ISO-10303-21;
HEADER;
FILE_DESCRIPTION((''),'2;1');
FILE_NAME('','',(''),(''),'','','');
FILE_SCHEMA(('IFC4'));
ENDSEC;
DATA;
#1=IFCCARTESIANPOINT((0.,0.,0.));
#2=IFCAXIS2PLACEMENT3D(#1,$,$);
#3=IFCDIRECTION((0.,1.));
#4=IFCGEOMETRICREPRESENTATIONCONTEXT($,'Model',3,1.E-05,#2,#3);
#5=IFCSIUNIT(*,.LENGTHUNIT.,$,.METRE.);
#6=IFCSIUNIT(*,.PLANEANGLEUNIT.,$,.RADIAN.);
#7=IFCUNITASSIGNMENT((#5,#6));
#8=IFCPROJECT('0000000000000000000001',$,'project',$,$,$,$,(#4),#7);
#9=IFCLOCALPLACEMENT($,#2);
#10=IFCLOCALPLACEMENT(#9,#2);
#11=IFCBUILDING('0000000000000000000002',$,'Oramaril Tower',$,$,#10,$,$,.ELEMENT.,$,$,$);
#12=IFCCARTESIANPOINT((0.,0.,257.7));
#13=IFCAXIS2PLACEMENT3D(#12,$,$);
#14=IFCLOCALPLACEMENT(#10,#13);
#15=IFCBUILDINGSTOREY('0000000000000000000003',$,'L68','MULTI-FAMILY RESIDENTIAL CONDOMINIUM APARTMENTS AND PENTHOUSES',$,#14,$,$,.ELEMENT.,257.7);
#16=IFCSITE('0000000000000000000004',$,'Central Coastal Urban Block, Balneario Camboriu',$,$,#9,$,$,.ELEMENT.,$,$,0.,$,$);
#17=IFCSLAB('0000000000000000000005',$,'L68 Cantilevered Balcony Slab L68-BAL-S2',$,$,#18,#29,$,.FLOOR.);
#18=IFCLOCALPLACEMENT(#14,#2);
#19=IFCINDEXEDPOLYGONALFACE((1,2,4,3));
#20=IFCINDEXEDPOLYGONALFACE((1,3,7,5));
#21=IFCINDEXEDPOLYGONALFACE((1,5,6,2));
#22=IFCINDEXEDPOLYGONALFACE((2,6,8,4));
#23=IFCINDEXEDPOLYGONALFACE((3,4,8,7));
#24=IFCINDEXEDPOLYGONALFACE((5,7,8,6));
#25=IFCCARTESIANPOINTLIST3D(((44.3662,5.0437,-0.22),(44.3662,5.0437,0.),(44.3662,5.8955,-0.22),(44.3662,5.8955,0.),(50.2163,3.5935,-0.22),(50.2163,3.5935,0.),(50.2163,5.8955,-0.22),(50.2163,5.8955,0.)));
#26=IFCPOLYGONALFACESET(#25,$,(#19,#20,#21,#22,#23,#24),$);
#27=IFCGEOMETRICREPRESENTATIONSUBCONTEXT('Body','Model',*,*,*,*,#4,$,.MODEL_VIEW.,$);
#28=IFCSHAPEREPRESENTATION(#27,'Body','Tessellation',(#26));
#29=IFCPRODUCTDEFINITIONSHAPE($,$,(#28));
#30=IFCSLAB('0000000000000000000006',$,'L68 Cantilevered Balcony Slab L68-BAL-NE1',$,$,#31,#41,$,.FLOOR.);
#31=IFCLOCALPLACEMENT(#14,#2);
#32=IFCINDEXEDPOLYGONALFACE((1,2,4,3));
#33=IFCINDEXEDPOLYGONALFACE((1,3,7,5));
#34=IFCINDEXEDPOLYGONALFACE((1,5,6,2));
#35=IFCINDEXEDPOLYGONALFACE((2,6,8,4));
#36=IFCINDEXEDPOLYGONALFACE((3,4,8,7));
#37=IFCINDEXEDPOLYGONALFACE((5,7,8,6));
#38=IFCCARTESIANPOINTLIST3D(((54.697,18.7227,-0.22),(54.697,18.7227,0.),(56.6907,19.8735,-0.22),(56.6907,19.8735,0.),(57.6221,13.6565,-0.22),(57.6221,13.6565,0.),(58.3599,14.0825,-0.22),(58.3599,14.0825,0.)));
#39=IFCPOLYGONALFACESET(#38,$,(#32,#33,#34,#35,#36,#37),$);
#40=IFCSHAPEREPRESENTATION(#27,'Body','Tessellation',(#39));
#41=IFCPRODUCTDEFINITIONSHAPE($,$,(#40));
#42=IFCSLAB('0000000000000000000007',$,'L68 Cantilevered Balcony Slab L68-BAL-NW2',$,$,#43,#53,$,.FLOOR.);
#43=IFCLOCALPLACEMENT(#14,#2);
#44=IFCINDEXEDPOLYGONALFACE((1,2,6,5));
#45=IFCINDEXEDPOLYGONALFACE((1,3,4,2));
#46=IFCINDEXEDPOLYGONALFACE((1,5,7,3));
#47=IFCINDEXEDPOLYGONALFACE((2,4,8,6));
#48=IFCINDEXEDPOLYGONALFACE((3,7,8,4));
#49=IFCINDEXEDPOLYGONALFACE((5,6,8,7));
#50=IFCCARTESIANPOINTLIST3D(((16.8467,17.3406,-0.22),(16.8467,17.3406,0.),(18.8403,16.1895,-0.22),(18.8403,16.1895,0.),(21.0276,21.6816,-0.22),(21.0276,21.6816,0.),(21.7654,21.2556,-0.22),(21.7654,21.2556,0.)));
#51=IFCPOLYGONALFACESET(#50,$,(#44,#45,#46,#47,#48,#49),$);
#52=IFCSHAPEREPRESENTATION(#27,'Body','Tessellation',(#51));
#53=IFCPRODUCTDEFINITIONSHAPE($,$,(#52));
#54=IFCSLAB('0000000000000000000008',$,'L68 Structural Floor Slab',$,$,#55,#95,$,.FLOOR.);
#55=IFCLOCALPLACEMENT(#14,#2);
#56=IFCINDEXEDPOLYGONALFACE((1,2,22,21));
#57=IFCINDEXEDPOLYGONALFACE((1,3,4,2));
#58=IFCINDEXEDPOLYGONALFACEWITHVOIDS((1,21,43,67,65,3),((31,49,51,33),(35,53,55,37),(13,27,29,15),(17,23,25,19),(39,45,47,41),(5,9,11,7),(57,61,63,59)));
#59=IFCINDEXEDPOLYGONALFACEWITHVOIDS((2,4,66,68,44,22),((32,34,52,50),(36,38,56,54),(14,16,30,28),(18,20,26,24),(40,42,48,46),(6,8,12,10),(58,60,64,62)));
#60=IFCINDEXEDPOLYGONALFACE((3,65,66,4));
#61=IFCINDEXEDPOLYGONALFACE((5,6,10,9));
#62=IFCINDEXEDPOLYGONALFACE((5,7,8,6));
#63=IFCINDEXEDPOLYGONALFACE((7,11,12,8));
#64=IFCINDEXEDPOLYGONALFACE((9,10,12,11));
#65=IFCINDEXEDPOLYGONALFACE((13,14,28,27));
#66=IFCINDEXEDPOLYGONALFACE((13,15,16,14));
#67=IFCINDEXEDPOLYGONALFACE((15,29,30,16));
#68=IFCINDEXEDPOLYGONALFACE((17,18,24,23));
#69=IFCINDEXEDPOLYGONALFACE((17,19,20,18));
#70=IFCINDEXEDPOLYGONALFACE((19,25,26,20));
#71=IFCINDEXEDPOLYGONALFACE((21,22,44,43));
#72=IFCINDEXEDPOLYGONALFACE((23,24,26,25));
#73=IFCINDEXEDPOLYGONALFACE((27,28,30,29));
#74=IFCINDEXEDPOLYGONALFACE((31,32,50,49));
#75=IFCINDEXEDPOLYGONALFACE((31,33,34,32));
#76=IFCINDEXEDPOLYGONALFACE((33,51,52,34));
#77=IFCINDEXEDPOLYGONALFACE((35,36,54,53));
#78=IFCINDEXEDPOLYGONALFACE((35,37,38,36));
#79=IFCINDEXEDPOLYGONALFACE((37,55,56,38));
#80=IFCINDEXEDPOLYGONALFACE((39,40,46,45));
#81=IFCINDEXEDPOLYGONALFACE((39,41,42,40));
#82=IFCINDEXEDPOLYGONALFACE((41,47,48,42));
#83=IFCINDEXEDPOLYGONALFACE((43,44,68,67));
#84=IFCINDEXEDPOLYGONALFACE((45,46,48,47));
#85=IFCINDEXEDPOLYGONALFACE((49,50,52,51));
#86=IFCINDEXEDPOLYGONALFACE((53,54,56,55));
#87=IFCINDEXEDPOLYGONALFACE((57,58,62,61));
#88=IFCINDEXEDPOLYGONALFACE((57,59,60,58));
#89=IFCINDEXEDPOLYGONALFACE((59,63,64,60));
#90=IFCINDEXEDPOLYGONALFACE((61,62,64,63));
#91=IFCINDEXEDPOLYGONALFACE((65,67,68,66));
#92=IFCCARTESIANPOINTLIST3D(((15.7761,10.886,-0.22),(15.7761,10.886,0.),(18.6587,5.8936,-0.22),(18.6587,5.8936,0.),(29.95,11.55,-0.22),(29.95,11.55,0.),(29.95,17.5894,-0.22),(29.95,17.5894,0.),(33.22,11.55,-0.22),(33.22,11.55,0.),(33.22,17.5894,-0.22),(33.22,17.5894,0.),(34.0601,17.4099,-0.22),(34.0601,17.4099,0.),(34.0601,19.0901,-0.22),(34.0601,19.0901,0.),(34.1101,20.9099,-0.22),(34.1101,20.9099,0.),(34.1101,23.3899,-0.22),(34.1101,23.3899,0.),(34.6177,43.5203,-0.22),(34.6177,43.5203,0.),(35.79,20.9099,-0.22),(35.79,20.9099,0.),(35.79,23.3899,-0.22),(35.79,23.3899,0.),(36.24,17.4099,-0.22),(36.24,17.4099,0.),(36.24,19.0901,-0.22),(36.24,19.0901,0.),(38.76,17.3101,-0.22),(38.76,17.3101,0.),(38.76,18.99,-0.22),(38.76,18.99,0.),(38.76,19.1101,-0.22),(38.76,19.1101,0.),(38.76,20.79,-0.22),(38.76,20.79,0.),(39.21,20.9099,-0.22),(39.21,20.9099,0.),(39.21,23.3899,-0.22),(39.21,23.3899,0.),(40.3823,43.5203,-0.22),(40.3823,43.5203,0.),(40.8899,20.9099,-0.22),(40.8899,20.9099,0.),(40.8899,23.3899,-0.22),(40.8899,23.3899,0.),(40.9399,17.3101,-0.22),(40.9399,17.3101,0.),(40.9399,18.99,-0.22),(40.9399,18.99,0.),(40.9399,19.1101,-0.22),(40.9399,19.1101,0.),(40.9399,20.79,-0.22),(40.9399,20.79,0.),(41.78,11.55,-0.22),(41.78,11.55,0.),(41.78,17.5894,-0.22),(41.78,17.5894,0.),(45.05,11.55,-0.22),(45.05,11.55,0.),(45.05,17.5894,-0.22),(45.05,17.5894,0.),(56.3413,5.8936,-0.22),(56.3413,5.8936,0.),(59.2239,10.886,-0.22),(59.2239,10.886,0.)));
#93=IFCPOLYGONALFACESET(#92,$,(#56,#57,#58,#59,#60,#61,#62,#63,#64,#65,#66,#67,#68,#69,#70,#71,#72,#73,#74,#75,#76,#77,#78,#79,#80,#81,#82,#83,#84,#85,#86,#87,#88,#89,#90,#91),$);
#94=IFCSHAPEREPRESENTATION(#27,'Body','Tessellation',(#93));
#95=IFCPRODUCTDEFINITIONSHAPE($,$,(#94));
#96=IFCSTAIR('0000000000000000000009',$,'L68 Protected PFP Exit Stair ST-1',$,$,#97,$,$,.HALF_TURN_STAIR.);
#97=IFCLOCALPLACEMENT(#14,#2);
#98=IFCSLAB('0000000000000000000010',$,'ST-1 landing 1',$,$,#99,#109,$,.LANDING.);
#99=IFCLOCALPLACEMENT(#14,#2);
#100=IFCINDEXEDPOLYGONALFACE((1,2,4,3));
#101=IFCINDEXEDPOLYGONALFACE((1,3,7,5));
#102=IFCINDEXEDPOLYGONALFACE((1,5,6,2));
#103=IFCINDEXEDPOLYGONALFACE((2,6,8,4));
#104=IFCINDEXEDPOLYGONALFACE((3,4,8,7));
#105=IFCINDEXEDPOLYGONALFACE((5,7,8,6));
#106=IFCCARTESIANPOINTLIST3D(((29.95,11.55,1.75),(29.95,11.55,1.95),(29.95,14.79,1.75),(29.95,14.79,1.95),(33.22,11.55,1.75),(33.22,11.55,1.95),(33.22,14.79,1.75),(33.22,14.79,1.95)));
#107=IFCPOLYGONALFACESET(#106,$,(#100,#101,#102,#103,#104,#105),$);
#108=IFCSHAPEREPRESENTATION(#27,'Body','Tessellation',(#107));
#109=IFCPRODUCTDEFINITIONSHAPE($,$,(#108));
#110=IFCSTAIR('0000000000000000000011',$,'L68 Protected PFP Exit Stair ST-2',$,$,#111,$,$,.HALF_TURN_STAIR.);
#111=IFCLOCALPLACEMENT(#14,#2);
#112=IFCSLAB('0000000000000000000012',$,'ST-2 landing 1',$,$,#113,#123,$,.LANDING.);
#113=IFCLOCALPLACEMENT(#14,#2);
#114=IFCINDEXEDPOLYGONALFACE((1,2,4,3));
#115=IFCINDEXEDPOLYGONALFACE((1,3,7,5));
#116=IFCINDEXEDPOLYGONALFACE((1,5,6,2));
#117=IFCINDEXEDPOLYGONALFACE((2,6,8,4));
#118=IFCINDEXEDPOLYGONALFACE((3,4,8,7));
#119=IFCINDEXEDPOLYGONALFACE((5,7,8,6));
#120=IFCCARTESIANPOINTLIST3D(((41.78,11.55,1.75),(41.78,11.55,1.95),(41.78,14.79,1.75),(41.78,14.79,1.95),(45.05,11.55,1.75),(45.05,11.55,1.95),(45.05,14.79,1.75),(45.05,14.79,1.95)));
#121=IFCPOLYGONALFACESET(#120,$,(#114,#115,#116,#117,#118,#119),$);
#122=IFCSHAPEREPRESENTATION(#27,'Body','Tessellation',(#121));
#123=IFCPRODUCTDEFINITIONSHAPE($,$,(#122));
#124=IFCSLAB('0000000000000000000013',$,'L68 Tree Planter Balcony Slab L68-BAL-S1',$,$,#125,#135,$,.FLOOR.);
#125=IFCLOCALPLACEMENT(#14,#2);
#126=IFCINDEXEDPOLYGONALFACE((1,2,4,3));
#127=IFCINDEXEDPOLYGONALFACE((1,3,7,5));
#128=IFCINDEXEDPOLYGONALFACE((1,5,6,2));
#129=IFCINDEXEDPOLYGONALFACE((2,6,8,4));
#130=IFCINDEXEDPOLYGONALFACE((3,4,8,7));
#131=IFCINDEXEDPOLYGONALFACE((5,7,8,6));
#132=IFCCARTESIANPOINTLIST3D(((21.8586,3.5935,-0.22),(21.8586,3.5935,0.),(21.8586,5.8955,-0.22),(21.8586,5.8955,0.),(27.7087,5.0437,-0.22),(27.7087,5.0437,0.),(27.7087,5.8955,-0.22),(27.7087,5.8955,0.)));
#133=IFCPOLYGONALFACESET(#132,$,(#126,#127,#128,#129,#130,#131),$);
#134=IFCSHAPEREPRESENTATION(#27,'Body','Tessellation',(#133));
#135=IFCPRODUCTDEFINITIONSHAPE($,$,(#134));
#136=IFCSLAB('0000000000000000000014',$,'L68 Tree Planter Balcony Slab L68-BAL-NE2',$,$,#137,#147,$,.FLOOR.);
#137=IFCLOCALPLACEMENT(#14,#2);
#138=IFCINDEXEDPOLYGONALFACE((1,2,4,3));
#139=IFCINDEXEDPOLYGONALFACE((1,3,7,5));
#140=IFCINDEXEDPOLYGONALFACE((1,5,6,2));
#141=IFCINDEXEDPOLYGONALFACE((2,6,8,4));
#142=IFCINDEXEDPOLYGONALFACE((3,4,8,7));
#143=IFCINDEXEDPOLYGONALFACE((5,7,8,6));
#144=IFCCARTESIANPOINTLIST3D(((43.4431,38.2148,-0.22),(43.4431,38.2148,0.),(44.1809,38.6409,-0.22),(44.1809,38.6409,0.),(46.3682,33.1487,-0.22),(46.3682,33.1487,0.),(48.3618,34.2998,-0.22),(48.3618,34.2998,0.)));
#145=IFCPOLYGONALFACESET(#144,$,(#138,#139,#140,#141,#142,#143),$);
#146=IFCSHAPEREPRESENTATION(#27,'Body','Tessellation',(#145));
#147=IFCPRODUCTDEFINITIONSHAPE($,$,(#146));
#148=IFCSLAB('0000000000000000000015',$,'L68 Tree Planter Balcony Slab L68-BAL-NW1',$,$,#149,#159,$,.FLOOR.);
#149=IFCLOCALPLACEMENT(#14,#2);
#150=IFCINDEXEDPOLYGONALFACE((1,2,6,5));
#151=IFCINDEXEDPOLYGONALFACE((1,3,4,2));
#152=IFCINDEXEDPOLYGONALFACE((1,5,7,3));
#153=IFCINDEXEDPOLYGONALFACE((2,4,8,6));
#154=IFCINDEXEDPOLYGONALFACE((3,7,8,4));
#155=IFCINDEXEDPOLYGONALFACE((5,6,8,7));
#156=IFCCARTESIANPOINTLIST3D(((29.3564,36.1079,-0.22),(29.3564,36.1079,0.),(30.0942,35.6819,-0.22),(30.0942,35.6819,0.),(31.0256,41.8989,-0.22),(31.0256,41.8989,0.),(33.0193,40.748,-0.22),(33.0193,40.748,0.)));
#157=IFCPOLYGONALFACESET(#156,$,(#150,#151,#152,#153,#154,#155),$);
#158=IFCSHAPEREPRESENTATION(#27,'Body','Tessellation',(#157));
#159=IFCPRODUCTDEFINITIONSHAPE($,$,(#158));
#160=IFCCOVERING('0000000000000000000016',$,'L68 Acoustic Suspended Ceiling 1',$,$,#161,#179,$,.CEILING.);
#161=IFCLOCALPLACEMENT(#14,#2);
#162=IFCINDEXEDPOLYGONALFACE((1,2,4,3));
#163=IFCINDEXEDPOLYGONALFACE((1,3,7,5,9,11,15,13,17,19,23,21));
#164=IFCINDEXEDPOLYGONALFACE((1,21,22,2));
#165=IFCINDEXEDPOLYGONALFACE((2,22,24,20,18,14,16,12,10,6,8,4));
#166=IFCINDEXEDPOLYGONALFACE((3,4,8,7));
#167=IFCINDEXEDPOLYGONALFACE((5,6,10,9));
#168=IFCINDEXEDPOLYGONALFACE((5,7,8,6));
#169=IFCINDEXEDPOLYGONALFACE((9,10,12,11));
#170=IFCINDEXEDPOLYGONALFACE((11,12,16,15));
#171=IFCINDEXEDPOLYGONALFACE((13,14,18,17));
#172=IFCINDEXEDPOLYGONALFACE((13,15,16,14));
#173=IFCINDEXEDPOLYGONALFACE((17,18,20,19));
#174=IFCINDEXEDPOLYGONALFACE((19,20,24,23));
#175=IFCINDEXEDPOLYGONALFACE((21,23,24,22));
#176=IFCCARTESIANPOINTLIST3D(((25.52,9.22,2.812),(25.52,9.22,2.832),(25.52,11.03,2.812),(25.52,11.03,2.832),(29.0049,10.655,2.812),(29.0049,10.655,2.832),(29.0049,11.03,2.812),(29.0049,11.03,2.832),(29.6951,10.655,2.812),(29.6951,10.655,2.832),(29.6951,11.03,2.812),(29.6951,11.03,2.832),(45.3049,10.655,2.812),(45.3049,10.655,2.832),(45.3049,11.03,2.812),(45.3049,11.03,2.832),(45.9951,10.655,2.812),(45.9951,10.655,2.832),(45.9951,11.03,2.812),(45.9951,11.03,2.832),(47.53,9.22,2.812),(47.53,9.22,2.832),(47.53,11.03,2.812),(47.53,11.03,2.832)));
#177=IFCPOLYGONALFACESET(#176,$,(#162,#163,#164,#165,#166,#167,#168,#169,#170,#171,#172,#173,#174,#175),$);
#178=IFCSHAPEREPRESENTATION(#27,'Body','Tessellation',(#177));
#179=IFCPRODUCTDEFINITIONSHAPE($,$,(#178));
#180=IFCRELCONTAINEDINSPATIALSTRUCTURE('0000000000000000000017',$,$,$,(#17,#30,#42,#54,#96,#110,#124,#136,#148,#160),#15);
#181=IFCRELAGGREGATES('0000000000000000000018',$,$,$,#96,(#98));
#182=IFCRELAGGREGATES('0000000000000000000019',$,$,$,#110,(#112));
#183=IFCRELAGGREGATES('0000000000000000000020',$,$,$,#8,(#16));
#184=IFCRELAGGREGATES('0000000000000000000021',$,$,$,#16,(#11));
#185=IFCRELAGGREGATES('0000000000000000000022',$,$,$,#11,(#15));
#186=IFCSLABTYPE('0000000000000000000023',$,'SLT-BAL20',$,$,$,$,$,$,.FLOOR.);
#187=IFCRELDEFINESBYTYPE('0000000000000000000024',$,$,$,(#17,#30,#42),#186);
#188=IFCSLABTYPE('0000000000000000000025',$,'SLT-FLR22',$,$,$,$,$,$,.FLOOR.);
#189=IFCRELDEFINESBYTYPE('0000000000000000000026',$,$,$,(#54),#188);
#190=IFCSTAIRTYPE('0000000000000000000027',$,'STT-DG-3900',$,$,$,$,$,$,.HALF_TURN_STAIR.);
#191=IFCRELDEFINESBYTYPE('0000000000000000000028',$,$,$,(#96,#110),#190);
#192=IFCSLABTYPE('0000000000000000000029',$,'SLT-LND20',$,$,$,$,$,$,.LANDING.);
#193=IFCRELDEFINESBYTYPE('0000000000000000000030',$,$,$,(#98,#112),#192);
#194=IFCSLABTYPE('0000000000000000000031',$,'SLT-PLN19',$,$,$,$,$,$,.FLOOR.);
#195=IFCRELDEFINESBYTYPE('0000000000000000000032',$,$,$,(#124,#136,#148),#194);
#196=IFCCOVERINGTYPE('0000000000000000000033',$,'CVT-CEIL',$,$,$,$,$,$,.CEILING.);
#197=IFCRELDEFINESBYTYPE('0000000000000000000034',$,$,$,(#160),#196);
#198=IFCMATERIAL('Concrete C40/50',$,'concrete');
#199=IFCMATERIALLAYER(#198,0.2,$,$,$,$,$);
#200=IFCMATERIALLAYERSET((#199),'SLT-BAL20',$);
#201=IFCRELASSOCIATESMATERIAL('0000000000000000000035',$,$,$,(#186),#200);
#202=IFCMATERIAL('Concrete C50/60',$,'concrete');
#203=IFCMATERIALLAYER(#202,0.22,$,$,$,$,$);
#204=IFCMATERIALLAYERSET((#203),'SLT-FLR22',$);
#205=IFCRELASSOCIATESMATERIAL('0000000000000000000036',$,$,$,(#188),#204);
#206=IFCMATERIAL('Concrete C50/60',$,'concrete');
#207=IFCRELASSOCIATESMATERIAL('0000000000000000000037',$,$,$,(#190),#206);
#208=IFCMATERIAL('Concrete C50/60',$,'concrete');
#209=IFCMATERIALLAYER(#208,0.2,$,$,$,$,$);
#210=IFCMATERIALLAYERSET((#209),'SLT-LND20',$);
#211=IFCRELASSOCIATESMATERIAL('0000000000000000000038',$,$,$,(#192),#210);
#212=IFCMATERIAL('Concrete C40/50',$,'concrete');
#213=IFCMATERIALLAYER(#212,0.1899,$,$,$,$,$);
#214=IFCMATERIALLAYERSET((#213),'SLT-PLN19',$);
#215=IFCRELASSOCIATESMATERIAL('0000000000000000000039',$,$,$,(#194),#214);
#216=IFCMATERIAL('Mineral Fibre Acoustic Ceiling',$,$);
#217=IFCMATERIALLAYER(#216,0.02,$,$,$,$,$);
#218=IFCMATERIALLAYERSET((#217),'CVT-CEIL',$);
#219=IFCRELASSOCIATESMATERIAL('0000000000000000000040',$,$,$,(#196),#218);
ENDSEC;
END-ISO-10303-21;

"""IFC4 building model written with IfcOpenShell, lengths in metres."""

from ifc_helpers import new_model, si_unit, direction, frame, origin, place, context, subcontext, project, spatial, polyline, outline, extrude, material, layer, layer_set, type_object, element, aggregate, save


model = new_model("IFC4")

# Units and contexts
model_context = context("Model", 3, precision=1e-05, world=origin(), true_north=direction((0.0, 1.0)))
body_context = subcontext(model_context, "Body", "Model", "MODEL_VIEW")
ifc_project = project(units=[si_unit("LENGTHUNIT", "METRE"), si_unit("PLANEANGLEUNIT", "RADIAN")], contexts=[model_context])

# Site, building, storey
site_placement = place(None, origin())
site = spatial("IfcSite", under=ifc_project, at=site_placement, Name="Central Coastal Urban Block, Balneario Camboriu", CompositionType="ELEMENT", RefElevation=0.0)
building_placement = place(site_placement, origin())
building = spatial("IfcBuilding", under=site, at=building_placement, Name="Oramaril Tower", CompositionType="ELEMENT")
storey_placement = place(building_placement, frame((0.0, 0.0, 257.7)))
storey = spatial("IfcBuildingStorey", under=building, at=storey_placement, Name="L68", Description="MULTI-FAMILY RESIDENTIAL CONDOMINIUM APARTMENTS AND PENTHOUSES", CompositionType="ELEMENT", Elevation=257.7)

# Slabs
ifc_material_1 = material(Name="Concrete C40/50", Category="concrete")
ifc_layer_1 = layer(ifc_material_1, 0.2)
ifc_layer_set_1 = layer_set([ifc_layer_1], Name="SLT-BAL20")
slab_type_1 = type_object("IfcSlabType", Name="SLT-BAL20", PredefinedType="FLOOR", material=ifc_layer_set_1)
slab_1_placement = place(storey_placement, frame((0.0, 0.0, -0.22)))
element("IfcSlab", 1, at=slab_1_placement, inside=storey, type_object=slab_type_1, Name="L68 Cantilevered Balcony Slab L68-BAL-S2", PredefinedType="FLOOR", context=body_context, shape_type="SweptSolid", body=[
    extrude(outline(polyline([(44.3662, 5.8955), (50.2163, 5.8955), (50.2163, 3.5935), (44.3662, 5.0437), (44.3662, 5.8955)])), origin(), (0.0, 0.0, 1.0), 0.22),
])
slab_2_placement = place(storey_placement, frame((0.0, 0.0, -0.22)))
element("IfcSlab", 2, at=slab_2_placement, inside=storey, type_object=slab_type_1, Name="L68 Cantilevered Balcony Slab L68-BAL-NE1", PredefinedType="FLOOR", context=body_context, shape_type="SweptSolid", body=[
    extrude(outline(polyline([(57.6221, 13.6565), (54.697, 18.7227), (56.6907, 19.8735), (58.3599, 14.0825), (57.6221, 13.6565)])), origin(), (0.0, 0.0, 1.0), 0.22),
])
slab_3_placement = place(storey_placement, frame((0.0, 0.0, -0.22)))
element("IfcSlab", 3, at=slab_3_placement, inside=storey, type_object=slab_type_1, Name="L68 Cantilevered Balcony Slab L68-BAL-NW2", PredefinedType="FLOOR", context=body_context, shape_type="SweptSolid", body=[
    extrude(outline(polyline([(21.7654, 21.2556), (18.8403, 16.1895), (16.8467, 17.3406), (21.0276, 21.6816), (21.7654, 21.2556)])), origin(), (0.0, 0.0, 1.0), 0.22),
])
ifc_material_2 = material(Name="Concrete C50/60", Category="concrete")
ifc_layer_2 = layer(ifc_material_2, 0.22)
ifc_layer_set_2 = layer_set([ifc_layer_2], Name="SLT-FLR22")
slab_type_2 = type_object("IfcSlabType", Name="SLT-FLR22", PredefinedType="FLOOR", material=ifc_layer_set_2)
slab_4_placement = place(storey_placement, frame((0.0, 0.0, -0.22)))
element("IfcSlab", 4, at=slab_4_placement, inside=storey, type_object=slab_type_2, Name="L68 Structural Floor Slab", PredefinedType="FLOOR", context=body_context, shape_type="SweptSolid", body=[
    extrude(outline(polyline([(15.7761, 10.886), (18.6587, 5.8936), (56.3413, 5.8936), (59.2239, 10.886), (40.3823, 43.5203), (34.6177, 43.5203), (15.7761, 10.886)]), holes=[polyline([(29.95, 17.5894), (29.95, 11.55), (33.22, 11.55), (33.22, 17.5894), (29.95, 17.5894)]), polyline([(41.78, 17.5894), (41.78, 11.55), (45.05, 11.55), (45.05, 17.5894), (41.78, 17.5894)]), polyline([(34.1101, 20.9099), (35.79, 20.9099), (35.79, 23.3899), (34.1101, 23.3899), (34.1101, 20.9099)]), polyline([(39.21, 20.9099), (40.8899, 20.9099), (40.8899, 23.3899), (39.21, 23.3899), (39.21, 20.9099)]), polyline([(34.0601, 17.4099), (36.24, 17.4099), (36.24, 19.0901), (34.0601, 19.0901), (34.0601, 17.4099)]), polyline([(38.76, 17.3101), (40.9399, 17.3101), (40.9399, 18.99), (38.76, 18.99), (38.76, 17.3101)]), polyline([(38.76, 19.1101), (40.9399, 19.1101), (40.9399, 20.79), (38.76, 20.79), (38.76, 19.1101)])]), origin(), (0.0, 0.0, 1.0), 0.22),
])

# Stairs, slabs
ifc_material_3 = material(Name="Concrete C50/60", Category="concrete")
stair_type = type_object("IfcStairType", Name="STT-DG-3900", PredefinedType="HALF_TURN_STAIR", material=ifc_material_3)
stair_1_placement = place(storey_placement, origin())
stair_1 = element("IfcStair", 5, at=stair_1_placement, inside=storey, type_object=stair_type, Name="L68 Protected PFP Exit Stair ST-1", PredefinedType="HALF_TURN_STAIR")
ifc_material_4 = material(Name="Concrete C50/60", Category="concrete")
ifc_layer_3 = layer(ifc_material_4, 0.2)
ifc_layer_set_3 = layer_set([ifc_layer_3], Name="SLT-LND20")
slab_type_3 = type_object("IfcSlabType", Name="SLT-LND20", PredefinedType="LANDING", material=ifc_layer_set_3)
slab_5_placement = place(storey_placement, frame((0.0, 0.0, 1.75)))
slab_5 = element("IfcSlab", 6, at=slab_5_placement, type_object=slab_type_3, Name="ST-1 landing 1", PredefinedType="LANDING", context=body_context, shape_type="SweptSolid", body=[
    extrude(outline(polyline([(29.95, 14.79), (29.95, 11.55), (33.22, 11.55), (33.22, 14.79), (29.95, 14.79)])), origin(), (0.0, 0.0, 1.0), 0.2),
])
aggregate(stair_1, [slab_5])
stair_2_placement = place(storey_placement, origin())
stair_2 = element("IfcStair", 7, at=stair_2_placement, inside=storey, type_object=stair_type, Name="L68 Protected PFP Exit Stair ST-2", PredefinedType="HALF_TURN_STAIR")
slab_6_placement = place(storey_placement, frame((0.0, 0.0, 1.75)))
slab_6 = element("IfcSlab", 8, at=slab_6_placement, type_object=slab_type_3, Name="ST-2 landing 1", PredefinedType="LANDING", context=body_context, shape_type="SweptSolid", body=[
    extrude(outline(polyline([(41.78, 14.79), (41.78, 11.55), (45.05, 11.55), (45.05, 14.79), (41.78, 14.79)])), origin(), (0.0, 0.0, 1.0), 0.2),
])
aggregate(stair_2, [slab_6])

# Slabs
ifc_material_5 = material(Name="Concrete C40/50", Category="concrete")
ifc_layer_4 = layer(ifc_material_5, 0.1899)
ifc_layer_set_4 = layer_set([ifc_layer_4], Name="SLT-PLN19")
slab_type_4 = type_object("IfcSlabType", Name="SLT-PLN19", PredefinedType="FLOOR", material=ifc_layer_set_4)
slab_7_placement = place(storey_placement, frame((0.0, 0.0, -0.22)))
element("IfcSlab", 9, at=slab_7_placement, inside=storey, type_object=slab_type_4, Name="L68 Tree Planter Balcony Slab L68-BAL-S1", PredefinedType="FLOOR", context=body_context, shape_type="SweptSolid", body=[
    extrude(outline(polyline([(21.8586, 5.8955), (27.7087, 5.8955), (27.7087, 5.0437), (21.8586, 3.5935), (21.8586, 5.8955)])), origin(), (0.0, 0.0, 1.0), 0.22),
])
slab_8_placement = place(storey_placement, frame((0.0, 0.0, -0.22)))
element("IfcSlab", 10, at=slab_8_placement, inside=storey, type_object=slab_type_4, Name="L68 Tree Planter Balcony Slab L68-BAL-NE2", PredefinedType="FLOOR", context=body_context, shape_type="SweptSolid", body=[
    extrude(outline(polyline([(46.3682, 33.1487), (43.4431, 38.2148), (44.1809, 38.6409), (48.3618, 34.2998), (46.3682, 33.1487)])), origin(), (0.0, 0.0, 1.0), 0.22),
])
slab_9_placement = place(storey_placement, frame((0.0, 0.0, -0.22)))
element("IfcSlab", 11, at=slab_9_placement, inside=storey, type_object=slab_type_4, Name="L68 Tree Planter Balcony Slab L68-BAL-NW1", PredefinedType="FLOOR", context=body_context, shape_type="SweptSolid", body=[
    extrude(outline(polyline([(33.0193, 40.748), (30.0942, 35.6819), (29.3564, 36.1079), (31.0256, 41.8989), (33.0193, 40.748)])), origin(), (0.0, 0.0, 1.0), 0.22),
])

# Covering
ifc_material_6 = material(Name="Mineral Fibre Acoustic Ceiling")
ifc_layer_5 = layer(ifc_material_6, 0.02)
ifc_layer_set_5 = layer_set([ifc_layer_5], Name="CVT-CEIL")
covering_type_1 = type_object("IfcCoveringType", Name="CVT-CEIL", PredefinedType="CEILING", material=ifc_layer_set_5)
covering_1_placement = place(storey_placement, frame((0.0, 0.0, 2.812)))
element("IfcCovering", 12, at=covering_1_placement, inside=storey, type_object=covering_type_1, Name="L68 Acoustic Suspended Ceiling 1", PredefinedType="CEILING", context=body_context, shape_type="SweptSolid", body=[
    extrude(outline(polyline([(29.0049, 10.655), (29.6951, 10.655), (29.6951, 11.03), (45.3049, 11.03), (45.3049, 10.655), (45.9951, 10.655), (45.9951, 11.03), (47.53, 11.03), (47.53, 9.22), (25.52, 9.22), (25.52, 11.03), (29.0049, 11.03), (29.0049, 10.655)])), origin(), (0.0, 0.0, 1.0), 0.02),
])

save(model, "model.ifc")
